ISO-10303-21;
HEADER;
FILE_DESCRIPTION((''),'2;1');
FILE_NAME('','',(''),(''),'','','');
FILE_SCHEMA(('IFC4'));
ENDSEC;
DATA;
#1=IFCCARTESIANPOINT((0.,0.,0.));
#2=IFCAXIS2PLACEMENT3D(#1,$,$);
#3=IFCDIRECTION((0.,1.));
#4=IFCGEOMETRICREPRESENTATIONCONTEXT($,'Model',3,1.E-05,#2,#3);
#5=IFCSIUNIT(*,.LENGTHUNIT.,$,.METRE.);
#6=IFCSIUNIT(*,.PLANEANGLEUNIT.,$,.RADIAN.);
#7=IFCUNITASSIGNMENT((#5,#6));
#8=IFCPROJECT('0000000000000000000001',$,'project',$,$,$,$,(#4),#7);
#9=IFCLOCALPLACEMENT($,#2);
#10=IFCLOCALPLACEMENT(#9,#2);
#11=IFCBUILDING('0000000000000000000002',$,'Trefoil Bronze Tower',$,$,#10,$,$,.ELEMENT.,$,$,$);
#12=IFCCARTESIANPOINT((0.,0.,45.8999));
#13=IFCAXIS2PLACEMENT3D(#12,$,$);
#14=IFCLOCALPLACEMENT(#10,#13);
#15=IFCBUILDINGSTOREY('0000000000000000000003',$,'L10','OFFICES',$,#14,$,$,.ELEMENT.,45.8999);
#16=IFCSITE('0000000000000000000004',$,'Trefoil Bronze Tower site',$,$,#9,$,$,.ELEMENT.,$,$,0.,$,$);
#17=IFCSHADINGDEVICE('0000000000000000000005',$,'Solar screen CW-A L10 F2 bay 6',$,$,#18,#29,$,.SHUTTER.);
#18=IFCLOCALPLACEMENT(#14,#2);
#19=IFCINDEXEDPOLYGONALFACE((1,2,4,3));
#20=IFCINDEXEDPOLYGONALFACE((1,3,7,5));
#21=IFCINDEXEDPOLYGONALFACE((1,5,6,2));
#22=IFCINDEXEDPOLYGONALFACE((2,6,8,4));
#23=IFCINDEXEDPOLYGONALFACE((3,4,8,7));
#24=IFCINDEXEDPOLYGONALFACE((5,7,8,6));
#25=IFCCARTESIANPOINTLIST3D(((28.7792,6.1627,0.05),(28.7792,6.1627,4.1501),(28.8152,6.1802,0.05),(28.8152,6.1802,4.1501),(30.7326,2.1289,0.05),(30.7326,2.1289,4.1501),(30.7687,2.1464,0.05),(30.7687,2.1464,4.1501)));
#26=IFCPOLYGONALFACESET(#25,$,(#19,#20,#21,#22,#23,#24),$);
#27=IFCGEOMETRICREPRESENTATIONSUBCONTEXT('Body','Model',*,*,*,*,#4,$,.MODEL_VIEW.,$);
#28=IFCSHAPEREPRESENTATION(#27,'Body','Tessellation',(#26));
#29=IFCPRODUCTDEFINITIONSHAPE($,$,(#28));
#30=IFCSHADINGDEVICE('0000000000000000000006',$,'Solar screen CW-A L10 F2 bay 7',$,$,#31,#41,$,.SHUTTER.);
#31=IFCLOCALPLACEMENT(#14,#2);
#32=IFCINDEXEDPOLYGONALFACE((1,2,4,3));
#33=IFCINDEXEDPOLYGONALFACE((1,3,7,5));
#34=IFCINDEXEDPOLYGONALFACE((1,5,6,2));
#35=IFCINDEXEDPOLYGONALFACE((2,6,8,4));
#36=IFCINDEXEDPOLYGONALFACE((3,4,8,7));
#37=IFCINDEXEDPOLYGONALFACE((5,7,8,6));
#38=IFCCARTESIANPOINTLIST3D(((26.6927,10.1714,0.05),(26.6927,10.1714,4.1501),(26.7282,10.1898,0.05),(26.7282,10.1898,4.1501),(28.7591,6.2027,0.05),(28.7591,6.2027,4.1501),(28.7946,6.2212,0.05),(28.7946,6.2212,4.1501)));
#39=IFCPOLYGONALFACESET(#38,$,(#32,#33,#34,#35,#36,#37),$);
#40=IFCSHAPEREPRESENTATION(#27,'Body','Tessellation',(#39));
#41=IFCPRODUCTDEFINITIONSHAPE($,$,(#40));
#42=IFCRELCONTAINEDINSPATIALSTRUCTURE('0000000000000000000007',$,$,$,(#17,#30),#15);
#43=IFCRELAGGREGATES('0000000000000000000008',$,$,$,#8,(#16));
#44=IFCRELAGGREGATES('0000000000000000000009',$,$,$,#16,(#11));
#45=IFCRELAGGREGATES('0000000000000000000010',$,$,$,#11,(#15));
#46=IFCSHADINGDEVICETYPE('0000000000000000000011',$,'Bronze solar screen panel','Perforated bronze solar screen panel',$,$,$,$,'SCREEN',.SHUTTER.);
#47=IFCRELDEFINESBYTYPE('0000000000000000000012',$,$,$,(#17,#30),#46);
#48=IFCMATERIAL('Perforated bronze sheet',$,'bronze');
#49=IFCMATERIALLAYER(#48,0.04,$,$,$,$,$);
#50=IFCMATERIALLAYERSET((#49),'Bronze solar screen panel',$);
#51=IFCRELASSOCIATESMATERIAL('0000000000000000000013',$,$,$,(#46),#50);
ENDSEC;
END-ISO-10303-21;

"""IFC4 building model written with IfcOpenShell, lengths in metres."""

from ifc_helpers import new_model, si_unit, direction, frame, origin, origin_2d, place, context, subcontext, project, spatial, rectangle, extrude, material, layer, layer_set, type_object, element, save


model = new_model("IFC4")

# Units and contexts
model_context = context("Model", 3, precision=1e-05, world=origin(), true_north=direction((0.0, 1.0)))
body_context = subcontext(model_context, "Body", "Model", "MODEL_VIEW")
ifc_project = project(units=[si_unit("LENGTHUNIT", "METRE"), si_unit("PLANEANGLEUNIT", "RADIAN")], contexts=[model_context])

# Site, building, storey
site_placement = place(None, origin())
site = spatial("IfcSite", under=ifc_project, at=site_placement, Name="Trefoil Bronze Tower site", CompositionType="ELEMENT", RefElevation=0.0)
building_placement = place(site_placement, origin())
building = spatial("IfcBuilding", under=site, at=building_placement, Name="Trefoil Bronze Tower", CompositionType="ELEMENT")
storey_placement = place(building_placement, frame((0.0, 0.0, 45.8999)))
storey = spatial("IfcBuildingStorey", under=building, at=storey_placement, Name="L10", Description="OFFICES", CompositionType="ELEMENT", Elevation=45.8999)

# Shading devices
ifc_material_1 = material(Name="Perforated bronze sheet", Category="bronze")
ifc_layer_1 = layer(ifc_material_1, 0.04)
ifc_layer_set_1 = layer_set([ifc_layer_1], Name="Bronze solar screen panel")
shading_device_type = type_object("IfcShadingDeviceType", Name="Bronze solar screen panel", Description="Perforated bronze solar screen panel", ElementType="SCREEN", PredefinedType="SHUTTER", material=ifc_layer_set_1)
shading_device_1_placement = place(storey_placement, frame((29.7739, 4.1545, 0.05), z_axis=(0.0, 0.0, 1.0), x_axis=(-0.435855, 0.900017, 0.0)))
element("IfcShadingDevice", 1, at=shading_device_1_placement, inside=storey, type_object=shading_device_type, Name="Solar screen CW-A L10 F2 bay 6", PredefinedType="SHUTTER", context=body_context, shape_type="SweptSolid", body=[
    extrude(rectangle(XDim=4.4819, YDim=0.04, at=origin_2d()), origin(), (0.0, 0.0, 1.0), 4.1001),
])
shading_device_2_placement = place(storey_placement, frame((27.7437, 8.1963, 0.05), z_axis=(0.0, 0.0, 1.0), x_axis=(-0.46183, 0.886969, 0.0)))
element("IfcShadingDevice", 2, at=shading_device_2_placement, inside=storey, type_object=shading_device_type, Name="Solar screen CW-A L10 F2 bay 7", PredefinedType="SHUTTER", context=body_context, shape_type="SweptSolid", body=[
    extrude(rectangle(XDim=4.4744, YDim=0.04, at=origin_2d()), origin(), (0.0, 0.0, 1.0), 4.1001),
])

save(model, "model.ifc")
